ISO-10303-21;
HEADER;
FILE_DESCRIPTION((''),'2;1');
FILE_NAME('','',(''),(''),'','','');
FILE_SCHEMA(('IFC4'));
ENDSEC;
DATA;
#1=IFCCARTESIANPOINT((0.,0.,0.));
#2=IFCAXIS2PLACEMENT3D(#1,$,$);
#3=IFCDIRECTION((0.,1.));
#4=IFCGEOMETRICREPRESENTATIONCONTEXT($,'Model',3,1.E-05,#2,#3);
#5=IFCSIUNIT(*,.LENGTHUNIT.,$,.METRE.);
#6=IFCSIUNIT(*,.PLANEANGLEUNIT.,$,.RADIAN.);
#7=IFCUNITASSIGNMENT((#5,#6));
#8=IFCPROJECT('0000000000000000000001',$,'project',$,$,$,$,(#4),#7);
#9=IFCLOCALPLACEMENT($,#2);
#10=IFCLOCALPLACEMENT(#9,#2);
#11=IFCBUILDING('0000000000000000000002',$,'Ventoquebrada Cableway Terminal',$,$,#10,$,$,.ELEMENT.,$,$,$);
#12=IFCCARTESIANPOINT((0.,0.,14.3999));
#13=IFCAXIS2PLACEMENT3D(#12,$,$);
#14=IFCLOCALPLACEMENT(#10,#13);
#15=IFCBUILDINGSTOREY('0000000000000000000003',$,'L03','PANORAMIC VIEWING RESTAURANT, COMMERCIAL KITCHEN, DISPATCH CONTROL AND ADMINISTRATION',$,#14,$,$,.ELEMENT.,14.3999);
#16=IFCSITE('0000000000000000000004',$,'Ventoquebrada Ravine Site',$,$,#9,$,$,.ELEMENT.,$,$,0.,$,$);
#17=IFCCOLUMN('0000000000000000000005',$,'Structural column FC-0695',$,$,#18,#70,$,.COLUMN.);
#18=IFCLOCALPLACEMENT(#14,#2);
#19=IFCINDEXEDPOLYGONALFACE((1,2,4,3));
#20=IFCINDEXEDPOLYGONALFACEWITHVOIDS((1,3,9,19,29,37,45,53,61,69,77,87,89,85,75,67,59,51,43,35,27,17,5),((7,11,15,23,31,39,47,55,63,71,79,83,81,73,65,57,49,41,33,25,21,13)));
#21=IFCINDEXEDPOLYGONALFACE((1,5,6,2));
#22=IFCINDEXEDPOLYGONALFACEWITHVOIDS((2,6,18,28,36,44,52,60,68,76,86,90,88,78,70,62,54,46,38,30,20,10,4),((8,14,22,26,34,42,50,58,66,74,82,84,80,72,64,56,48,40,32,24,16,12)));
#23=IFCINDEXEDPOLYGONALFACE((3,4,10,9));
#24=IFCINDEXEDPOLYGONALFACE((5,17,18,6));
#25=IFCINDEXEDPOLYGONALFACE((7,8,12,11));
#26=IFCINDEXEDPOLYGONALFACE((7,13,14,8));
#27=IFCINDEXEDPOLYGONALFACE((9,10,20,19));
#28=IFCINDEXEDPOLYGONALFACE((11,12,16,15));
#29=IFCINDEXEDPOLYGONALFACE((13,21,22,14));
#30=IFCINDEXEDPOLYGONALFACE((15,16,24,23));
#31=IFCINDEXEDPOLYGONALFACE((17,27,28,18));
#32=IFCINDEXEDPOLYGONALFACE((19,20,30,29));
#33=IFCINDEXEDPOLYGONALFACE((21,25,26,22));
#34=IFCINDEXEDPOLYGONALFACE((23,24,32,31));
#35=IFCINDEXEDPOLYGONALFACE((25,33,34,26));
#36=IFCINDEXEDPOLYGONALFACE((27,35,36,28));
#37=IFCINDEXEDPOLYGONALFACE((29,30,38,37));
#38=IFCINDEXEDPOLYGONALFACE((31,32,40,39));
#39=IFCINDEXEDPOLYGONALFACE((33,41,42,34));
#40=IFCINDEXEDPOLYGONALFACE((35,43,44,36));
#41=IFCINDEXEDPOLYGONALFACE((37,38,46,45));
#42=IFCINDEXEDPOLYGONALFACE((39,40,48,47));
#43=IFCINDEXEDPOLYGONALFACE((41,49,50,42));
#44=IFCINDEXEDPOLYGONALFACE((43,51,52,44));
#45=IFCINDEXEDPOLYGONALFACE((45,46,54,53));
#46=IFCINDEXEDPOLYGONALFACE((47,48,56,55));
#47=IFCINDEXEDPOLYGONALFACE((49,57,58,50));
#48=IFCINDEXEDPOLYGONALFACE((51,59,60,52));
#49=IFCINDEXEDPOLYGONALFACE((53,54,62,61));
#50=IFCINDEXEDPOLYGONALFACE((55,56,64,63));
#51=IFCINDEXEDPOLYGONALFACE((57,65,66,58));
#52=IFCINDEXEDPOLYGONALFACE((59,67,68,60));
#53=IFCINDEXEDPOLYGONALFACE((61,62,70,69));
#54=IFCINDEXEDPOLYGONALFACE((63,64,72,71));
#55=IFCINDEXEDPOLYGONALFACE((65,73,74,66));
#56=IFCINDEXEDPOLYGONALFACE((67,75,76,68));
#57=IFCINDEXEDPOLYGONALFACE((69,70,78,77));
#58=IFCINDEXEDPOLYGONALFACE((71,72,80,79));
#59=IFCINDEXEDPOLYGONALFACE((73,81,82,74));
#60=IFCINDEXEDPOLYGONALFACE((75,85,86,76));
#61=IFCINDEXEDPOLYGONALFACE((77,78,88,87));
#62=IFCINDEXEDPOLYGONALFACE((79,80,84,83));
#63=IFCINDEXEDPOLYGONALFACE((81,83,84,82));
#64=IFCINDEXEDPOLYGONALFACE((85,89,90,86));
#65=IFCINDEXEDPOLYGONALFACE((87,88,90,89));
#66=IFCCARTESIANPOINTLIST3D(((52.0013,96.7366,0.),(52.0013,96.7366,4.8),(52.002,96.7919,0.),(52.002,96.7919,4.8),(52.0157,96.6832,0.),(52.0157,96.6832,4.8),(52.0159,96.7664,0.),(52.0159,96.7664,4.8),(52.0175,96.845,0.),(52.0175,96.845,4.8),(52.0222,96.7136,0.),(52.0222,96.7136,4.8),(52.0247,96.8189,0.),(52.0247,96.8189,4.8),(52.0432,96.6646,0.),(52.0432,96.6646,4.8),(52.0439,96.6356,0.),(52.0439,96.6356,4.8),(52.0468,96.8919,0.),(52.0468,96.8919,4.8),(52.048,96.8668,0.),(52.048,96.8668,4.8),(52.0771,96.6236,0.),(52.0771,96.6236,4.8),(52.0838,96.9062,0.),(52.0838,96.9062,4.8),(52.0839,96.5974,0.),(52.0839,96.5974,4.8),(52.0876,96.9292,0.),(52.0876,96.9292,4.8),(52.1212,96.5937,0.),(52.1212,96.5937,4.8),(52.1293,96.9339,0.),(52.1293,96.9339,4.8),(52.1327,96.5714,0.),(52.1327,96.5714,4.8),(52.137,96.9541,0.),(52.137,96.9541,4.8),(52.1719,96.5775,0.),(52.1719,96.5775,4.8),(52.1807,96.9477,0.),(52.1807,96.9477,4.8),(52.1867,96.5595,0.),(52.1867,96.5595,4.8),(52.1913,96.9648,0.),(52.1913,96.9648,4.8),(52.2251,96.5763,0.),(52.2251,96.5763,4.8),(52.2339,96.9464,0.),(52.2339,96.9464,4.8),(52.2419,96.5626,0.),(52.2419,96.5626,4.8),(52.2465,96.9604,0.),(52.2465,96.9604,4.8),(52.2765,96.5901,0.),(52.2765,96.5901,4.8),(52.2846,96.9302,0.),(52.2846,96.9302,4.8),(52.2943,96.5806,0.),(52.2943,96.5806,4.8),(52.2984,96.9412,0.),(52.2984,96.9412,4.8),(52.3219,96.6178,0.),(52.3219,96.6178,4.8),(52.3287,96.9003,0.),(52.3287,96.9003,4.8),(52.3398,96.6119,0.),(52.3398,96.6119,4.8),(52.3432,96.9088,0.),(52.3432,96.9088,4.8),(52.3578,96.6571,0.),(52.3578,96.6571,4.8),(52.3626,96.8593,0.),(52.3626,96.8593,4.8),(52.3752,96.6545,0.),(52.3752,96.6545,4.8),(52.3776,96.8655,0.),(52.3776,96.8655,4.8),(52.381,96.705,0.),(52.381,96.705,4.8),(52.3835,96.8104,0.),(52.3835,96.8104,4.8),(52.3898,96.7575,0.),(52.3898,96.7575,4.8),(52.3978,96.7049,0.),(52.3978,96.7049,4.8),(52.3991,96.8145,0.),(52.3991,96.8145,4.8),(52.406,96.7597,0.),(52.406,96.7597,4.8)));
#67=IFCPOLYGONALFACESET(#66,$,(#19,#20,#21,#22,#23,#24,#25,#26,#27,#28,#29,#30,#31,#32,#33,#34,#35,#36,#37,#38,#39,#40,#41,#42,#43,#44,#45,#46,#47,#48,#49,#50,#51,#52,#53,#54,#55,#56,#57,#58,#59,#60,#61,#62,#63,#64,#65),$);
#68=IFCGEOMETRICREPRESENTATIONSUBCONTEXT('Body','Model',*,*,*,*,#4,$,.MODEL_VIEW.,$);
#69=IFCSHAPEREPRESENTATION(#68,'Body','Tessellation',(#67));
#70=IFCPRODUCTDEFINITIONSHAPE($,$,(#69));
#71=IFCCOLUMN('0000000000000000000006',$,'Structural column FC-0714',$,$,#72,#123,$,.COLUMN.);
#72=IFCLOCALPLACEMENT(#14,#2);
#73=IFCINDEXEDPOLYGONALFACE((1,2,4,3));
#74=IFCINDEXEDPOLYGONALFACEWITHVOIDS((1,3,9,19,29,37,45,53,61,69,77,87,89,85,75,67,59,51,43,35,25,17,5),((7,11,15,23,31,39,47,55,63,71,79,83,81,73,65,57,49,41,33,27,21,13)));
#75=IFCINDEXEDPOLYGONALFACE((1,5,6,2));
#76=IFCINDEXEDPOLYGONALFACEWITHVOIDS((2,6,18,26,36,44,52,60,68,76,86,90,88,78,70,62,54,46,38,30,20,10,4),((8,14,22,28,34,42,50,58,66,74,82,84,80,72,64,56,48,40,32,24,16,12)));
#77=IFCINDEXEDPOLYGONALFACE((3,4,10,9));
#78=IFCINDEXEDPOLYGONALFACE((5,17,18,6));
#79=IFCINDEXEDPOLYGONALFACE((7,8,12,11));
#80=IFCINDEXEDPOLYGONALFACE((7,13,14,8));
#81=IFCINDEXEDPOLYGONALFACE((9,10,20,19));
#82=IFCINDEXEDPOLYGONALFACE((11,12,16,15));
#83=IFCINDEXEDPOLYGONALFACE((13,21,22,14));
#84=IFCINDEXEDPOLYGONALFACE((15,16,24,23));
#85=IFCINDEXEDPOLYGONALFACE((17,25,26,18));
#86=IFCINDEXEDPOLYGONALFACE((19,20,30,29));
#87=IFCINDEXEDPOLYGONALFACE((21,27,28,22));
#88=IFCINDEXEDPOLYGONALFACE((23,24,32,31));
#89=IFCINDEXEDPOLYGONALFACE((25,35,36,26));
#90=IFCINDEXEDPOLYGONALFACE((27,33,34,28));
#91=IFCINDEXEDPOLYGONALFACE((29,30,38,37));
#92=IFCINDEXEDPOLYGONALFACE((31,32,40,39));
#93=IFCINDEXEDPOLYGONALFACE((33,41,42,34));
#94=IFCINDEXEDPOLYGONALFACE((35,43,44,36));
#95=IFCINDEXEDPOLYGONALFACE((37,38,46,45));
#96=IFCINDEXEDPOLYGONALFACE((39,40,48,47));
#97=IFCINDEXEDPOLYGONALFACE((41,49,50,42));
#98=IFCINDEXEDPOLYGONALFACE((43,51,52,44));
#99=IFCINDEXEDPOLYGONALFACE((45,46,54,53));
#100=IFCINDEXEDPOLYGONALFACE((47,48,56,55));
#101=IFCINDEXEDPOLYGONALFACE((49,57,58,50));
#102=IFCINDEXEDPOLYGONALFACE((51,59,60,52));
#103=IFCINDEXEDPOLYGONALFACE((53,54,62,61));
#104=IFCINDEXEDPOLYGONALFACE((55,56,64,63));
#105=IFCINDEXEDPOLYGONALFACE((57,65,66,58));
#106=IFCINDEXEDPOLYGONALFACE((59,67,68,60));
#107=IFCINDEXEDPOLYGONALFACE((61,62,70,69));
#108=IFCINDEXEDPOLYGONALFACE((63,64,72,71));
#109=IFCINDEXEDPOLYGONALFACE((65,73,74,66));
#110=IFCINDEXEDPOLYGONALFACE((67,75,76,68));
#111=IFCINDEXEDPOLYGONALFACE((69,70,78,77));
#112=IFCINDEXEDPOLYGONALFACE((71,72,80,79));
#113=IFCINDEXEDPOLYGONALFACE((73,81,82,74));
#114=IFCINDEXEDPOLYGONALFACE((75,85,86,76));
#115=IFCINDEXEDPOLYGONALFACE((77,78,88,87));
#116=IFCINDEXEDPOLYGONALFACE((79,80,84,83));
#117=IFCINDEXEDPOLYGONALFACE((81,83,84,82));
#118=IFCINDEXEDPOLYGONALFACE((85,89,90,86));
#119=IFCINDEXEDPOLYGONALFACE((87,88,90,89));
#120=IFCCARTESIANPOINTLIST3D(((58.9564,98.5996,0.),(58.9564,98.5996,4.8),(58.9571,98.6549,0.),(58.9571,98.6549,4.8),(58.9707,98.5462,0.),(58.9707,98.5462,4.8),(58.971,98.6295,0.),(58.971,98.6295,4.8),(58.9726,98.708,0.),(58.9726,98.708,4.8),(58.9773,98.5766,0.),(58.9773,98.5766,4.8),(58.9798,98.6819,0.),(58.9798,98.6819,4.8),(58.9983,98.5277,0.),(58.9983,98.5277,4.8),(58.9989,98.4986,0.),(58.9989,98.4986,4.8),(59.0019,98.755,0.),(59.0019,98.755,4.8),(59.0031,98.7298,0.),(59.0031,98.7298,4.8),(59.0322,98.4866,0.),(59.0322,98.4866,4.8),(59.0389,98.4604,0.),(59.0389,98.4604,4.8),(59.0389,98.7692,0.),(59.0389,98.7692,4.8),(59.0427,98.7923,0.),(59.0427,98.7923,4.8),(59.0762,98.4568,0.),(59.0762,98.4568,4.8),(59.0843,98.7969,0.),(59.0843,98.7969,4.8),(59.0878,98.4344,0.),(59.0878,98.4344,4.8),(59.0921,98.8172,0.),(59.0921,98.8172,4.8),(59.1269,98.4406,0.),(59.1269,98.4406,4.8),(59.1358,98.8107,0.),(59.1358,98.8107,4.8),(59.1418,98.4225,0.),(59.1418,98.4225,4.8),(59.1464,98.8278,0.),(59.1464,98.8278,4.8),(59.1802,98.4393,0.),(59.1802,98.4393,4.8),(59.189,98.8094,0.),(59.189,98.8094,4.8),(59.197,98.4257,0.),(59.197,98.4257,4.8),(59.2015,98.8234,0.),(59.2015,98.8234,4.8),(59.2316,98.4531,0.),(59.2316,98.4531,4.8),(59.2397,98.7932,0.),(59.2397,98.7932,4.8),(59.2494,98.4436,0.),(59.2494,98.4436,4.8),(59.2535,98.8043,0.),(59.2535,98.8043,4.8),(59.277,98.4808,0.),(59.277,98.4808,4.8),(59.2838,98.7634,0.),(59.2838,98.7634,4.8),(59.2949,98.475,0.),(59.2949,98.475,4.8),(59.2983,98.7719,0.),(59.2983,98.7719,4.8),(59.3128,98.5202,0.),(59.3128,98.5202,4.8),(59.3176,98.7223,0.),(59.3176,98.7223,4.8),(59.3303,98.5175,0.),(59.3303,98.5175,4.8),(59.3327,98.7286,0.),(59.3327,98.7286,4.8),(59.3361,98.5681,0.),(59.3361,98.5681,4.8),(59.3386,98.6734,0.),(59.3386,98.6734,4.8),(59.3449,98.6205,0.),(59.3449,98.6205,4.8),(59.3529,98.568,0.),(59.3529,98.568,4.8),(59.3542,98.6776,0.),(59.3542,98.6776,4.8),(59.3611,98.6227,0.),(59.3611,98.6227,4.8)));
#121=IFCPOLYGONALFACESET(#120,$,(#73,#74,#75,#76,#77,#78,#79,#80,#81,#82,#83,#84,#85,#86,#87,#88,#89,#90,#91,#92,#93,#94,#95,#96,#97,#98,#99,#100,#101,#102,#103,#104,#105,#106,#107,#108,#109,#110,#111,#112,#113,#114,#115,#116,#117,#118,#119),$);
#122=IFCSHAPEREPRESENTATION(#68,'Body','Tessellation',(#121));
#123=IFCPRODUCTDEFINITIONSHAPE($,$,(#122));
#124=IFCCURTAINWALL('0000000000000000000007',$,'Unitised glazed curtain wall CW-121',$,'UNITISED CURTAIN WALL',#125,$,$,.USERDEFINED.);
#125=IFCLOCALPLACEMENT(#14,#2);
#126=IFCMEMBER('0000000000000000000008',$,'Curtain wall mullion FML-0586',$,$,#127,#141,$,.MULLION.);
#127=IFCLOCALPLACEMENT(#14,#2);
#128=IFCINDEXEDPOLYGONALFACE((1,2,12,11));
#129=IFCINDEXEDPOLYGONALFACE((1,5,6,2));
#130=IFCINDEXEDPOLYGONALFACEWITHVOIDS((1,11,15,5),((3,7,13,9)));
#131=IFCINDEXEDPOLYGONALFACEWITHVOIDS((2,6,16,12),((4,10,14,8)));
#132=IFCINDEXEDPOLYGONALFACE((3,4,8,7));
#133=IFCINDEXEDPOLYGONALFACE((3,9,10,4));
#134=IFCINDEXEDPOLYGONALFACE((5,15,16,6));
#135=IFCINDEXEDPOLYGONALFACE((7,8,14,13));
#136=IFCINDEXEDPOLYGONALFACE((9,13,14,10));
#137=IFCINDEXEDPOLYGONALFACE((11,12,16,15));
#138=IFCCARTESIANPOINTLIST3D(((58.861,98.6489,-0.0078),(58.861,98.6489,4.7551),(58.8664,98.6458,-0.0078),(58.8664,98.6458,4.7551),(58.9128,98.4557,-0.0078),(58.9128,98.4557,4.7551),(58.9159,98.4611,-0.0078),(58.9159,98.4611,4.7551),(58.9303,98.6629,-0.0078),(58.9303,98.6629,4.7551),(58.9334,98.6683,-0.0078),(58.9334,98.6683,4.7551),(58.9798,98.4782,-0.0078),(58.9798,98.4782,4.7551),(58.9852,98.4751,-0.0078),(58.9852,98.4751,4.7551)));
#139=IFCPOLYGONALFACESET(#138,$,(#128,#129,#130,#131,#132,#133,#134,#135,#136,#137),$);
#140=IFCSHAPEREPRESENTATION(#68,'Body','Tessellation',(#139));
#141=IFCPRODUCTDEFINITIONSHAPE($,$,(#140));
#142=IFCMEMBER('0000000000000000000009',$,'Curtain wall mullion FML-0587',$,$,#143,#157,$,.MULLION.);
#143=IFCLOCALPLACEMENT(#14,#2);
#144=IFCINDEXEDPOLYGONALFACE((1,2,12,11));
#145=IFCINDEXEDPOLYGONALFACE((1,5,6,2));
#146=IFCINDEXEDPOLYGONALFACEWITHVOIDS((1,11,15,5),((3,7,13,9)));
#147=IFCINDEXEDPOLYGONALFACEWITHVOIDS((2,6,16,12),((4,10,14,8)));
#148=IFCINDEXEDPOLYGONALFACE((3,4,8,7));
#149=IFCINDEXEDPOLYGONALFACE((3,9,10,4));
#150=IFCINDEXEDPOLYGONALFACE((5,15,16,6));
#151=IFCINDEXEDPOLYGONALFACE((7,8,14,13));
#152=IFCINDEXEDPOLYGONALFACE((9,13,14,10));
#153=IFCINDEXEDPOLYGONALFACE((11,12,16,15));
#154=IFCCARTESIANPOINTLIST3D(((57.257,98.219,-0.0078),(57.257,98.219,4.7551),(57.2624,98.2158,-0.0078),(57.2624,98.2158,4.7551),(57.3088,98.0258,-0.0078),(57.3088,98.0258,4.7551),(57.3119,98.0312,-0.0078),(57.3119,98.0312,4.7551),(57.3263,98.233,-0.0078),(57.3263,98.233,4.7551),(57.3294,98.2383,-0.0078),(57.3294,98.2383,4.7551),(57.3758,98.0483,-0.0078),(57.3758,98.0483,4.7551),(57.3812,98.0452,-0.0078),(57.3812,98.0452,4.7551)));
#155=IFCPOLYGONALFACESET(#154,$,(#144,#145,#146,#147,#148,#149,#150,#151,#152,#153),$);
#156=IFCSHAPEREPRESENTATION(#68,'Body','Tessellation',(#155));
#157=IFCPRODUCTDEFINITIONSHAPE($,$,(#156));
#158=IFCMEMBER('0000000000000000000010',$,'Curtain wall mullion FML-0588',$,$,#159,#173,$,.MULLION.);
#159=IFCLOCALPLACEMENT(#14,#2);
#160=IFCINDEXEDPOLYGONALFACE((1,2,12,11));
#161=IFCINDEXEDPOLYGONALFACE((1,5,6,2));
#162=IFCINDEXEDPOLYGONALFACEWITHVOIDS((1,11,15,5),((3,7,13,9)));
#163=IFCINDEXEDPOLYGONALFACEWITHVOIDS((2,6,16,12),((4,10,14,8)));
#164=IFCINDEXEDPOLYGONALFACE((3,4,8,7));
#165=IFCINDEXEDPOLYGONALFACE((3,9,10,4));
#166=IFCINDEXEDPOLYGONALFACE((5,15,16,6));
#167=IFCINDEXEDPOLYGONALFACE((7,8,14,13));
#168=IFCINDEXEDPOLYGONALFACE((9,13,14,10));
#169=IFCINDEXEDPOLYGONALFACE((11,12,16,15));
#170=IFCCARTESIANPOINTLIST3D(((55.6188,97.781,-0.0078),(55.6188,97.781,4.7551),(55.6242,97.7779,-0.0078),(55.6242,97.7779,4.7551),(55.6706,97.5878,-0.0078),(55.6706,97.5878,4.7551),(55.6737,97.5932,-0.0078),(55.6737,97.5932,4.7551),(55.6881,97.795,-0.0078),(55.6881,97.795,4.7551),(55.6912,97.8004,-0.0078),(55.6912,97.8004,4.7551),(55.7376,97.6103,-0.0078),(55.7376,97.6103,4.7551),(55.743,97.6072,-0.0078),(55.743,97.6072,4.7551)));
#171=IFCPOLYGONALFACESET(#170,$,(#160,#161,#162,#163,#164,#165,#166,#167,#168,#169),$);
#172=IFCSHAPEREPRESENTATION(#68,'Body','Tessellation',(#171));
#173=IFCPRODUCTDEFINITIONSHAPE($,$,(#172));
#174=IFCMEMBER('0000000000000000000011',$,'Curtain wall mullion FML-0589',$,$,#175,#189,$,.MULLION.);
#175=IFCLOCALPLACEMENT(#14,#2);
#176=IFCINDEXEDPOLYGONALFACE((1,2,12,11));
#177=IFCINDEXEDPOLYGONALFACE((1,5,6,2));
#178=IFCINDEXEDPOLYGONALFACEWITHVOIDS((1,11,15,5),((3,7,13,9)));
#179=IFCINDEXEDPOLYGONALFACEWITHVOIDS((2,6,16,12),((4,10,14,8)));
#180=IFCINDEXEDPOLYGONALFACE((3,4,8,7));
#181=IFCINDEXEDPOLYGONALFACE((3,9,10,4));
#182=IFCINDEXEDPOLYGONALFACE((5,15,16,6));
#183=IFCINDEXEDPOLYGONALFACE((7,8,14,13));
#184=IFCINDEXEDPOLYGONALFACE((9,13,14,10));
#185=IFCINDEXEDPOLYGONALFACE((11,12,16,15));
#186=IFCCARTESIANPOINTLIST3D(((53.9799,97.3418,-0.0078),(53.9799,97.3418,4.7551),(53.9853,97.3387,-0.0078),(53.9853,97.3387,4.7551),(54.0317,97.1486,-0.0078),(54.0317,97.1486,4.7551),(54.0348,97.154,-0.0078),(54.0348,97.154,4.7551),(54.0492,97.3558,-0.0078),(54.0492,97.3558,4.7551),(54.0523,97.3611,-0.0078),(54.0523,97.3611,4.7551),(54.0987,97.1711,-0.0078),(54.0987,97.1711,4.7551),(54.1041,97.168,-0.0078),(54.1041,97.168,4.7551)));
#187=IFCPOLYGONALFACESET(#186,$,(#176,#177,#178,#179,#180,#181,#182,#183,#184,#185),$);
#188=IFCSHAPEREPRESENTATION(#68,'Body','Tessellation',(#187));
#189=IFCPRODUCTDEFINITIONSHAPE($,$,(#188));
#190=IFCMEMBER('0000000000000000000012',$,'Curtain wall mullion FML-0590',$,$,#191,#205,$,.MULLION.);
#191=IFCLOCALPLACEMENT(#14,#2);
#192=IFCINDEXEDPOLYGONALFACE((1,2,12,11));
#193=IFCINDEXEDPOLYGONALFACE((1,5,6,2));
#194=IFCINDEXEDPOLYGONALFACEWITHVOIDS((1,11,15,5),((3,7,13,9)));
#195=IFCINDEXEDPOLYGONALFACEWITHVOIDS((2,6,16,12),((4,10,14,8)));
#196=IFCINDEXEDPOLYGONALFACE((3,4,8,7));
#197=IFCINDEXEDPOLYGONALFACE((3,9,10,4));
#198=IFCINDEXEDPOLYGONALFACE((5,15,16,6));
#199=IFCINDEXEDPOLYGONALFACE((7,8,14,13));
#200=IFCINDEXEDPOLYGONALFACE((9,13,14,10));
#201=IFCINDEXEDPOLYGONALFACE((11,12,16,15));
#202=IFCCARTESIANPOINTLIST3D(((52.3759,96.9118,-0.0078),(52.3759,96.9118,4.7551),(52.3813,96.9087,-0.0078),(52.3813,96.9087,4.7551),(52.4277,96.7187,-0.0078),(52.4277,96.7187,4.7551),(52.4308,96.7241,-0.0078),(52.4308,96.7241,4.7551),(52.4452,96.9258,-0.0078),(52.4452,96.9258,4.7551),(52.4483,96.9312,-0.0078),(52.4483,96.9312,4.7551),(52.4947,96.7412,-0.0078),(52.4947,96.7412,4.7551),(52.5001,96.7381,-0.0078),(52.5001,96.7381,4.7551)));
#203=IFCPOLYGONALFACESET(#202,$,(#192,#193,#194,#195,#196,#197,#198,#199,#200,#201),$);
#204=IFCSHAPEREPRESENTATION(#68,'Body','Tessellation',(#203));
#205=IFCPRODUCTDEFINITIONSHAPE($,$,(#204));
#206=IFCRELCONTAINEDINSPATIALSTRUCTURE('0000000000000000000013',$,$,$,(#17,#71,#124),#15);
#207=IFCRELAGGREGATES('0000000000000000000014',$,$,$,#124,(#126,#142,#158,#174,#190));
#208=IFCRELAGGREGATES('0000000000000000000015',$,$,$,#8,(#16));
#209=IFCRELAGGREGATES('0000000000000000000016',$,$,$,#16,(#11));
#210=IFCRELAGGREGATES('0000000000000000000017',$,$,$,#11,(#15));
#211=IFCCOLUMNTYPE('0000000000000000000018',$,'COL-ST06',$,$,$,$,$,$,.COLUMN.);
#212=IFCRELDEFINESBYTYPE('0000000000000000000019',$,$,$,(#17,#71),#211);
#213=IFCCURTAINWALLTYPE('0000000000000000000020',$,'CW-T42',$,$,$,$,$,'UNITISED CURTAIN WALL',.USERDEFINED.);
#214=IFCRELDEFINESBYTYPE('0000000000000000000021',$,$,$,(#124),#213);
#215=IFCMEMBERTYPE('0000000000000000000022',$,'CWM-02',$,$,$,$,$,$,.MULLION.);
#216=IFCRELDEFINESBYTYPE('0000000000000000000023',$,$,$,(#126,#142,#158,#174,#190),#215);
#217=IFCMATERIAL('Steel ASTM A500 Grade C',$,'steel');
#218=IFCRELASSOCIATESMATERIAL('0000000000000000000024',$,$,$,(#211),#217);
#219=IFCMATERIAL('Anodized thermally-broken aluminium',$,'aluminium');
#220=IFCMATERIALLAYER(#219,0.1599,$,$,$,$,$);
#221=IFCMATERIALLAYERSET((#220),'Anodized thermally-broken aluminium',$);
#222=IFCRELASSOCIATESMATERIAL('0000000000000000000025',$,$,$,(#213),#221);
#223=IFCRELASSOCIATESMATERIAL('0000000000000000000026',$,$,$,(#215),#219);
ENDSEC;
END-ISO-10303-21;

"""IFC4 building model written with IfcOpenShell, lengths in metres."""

from ifc_helpers import new_model, si_unit, direction, frame, origin, origin_2d, place, context, subcontext, project, spatial, hollow_rectangle, hollow_circle, extrude, material, layer, layer_set, material_profile, profile_set, type_object, element, aggregate, save


model = new_model("IFC4")

# Units and contexts
model_context = context("Model", 3, precision=1e-05, world=origin(), true_north=direction((0.0, 1.0)))
body_context = subcontext(model_context, "Body", "Model", "MODEL_VIEW")
ifc_project = project(units=[si_unit("LENGTHUNIT", "METRE"), si_unit("PLANEANGLEUNIT", "RADIAN")], contexts=[model_context])

# Site, building, storey
site_placement = place(None, origin())
site = spatial("IfcSite", under=ifc_project, at=site_placement, Name="Ventoquebrada Ravine Site", CompositionType="ELEMENT", RefElevation=0.0)
building_placement = place(site_placement, origin())
building = spatial("IfcBuilding", under=site, at=building_placement, Name="Ventoquebrada Cableway Terminal", CompositionType="ELEMENT")
storey_placement = place(building_placement, frame((0.0, 0.0, 14.3999)))
storey = spatial("IfcBuildingStorey", under=building, at=storey_placement, Name="L03", Description="PANORAMIC VIEWING RESTAURANT, COMMERCIAL KITCHEN, DISPATCH CONTROL AND ADMINISTRATION", CompositionType="ELEMENT", Elevation=14.3999)

# Columns
ifc_material_1 = material(Name="Steel ASTM A500 Grade C", Category="steel")
ifc_material_profile_1 = material_profile(ifc_material_1, hollow_circle(Radius=0.2031, WallThickness=0.0161, at=origin_2d()), Name="CHS406.4X16")
ifc_profile_set_1 = profile_set([ifc_material_profile_1], Name="Steel ASTM A500 Grade C")
column_type = type_object("IfcColumnType", Name="COL-ST06", PredefinedType="COLUMN", material=ifc_profile_set_1)
for number, where, z_axis, x_axis, name in (
    (1, (52.2029, 96.762, 0.0), (0.0, 0.0, 1.0), (0.965926, 0.258819, 0.0), "Structural column FC-0695"),
    (2, (59.158, 98.625, 0.0), (0.0, 0.0, 1.0), (0.965926, 0.258819, 0.0), "Structural column FC-0714"),
):
    element("IfcColumn", number, at=place(storey_placement, frame(where, z_axis=z_axis, x_axis=x_axis)), inside=storey, type_object=column_type, Name=name, PredefinedType="COLUMN", context=body_context, shape_type="SweptSolid", body=[
        extrude(hollow_circle(Radius=0.2031, WallThickness=0.0161, at=origin_2d()), origin(), (0.0, 0.0, 1.0), 4.8),
    ])

# Curtain wall, members
ifc_material_2 = material(Name="Anodized thermally-broken aluminium", Category="aluminium")
ifc_layer_1 = layer(ifc_material_2, 0.1599)
ifc_layer_set_1 = layer_set([ifc_layer_1], Name="Anodized thermally-broken aluminium")
curtain_wall_type = type_object("IfcCurtainWallType", Name="CW-T42", ElementType="UNITISED CURTAIN WALL", PredefinedType="USERDEFINED", material=ifc_layer_set_1)
curtain_wall_1_placement = place(storey_placement, origin())
curtain_wall_1 = element("IfcCurtainWall", 3, at=curtain_wall_1_placement, inside=storey, type_object=curtain_wall_type, Name="Unitised glazed curtain wall CW-121", ObjectType="UNITISED CURTAIN WALL", PredefinedType="USERDEFINED")
ifc_material_profile_2 = material_profile(ifc_material_2, hollow_rectangle(XDim=0.075, YDim=0.2, WallThickness=0.0044, at=origin_2d()), Name="CW-MUL-75X200")
ifc_profile_set_2 = profile_set([ifc_material_profile_2], Name="Anodized thermally-broken aluminium")
member_type_1 = type_object("IfcMemberType", Name="CWM-02", PredefinedType="MULLION", material=ifc_profile_set_2)
member_1_placement = place(storey_placement, frame((58.9231, 98.562, -0.0078), z_axis=(0.0, 0.0, 1.0), x_axis=(-0.965957, -0.258701, 0.0)))
member_1 = element("IfcMember", 4, at=member_1_placement, type_object=member_type_1, Name="Curtain wall mullion FML-0586", PredefinedType="MULLION", context=body_context, shape_type="SweptSolid", body=[
    extrude(hollow_rectangle(XDim=0.075, YDim=0.2, WallThickness=0.0044, at=origin_2d()), origin(), (0.0, 0.0, 1.0), 4.7629),
])
member_2_placement = place(storey_placement, frame((57.3191, 98.1321, -0.0078), z_axis=(0.0, 0.0, 1.0), x_axis=(-0.965957, -0.258701, 0.0)))
member_2 = element("IfcMember", 5, at=member_2_placement, type_object=member_type_1, Name="Curtain wall mullion FML-0587", PredefinedType="MULLION", context=body_context, shape_type="SweptSolid", body=[
    extrude(hollow_rectangle(XDim=0.075, YDim=0.2, WallThickness=0.0044, at=origin_2d()), origin(), (0.0, 0.0, 1.0), 4.7629),
])
member_3_placement = place(storey_placement, frame((55.6809, 97.6941, -0.0078), z_axis=(0.0, 0.0, 1.0), x_axis=(-0.965957, -0.258701, 0.0)))
member_3 = element("IfcMember", 6, at=member_3_placement, type_object=member_type_1, Name="Curtain wall mullion FML-0588", PredefinedType="MULLION", context=body_context, shape_type="SweptSolid", body=[
    extrude(hollow_rectangle(XDim=0.075, YDim=0.2, WallThickness=0.0044, at=origin_2d()), origin(), (0.0, 0.0, 1.0), 4.7629),
])
member_4_placement = place(storey_placement, frame((54.042, 97.2549, -0.0078), z_axis=(0.0, 0.0, 1.0), x_axis=(-0.965957, -0.258701, 0.0)))
member_4 = element("IfcMember", 7, at=member_4_placement, type_object=member_type_1, Name="Curtain wall mullion FML-0589", PredefinedType="MULLION", context=body_context, shape_type="SweptSolid", body=[
    extrude(hollow_rectangle(XDim=0.075, YDim=0.2, WallThickness=0.0044, at=origin_2d()), origin(), (0.0, 0.0, 1.0), 4.7629),
])
member_5_placement = place(storey_placement, frame((52.438, 96.825, -0.0078), z_axis=(0.0, 0.0, 1.0), x_axis=(-0.965957, -0.258701, 0.0)))
member_5 = element("IfcMember", 8, at=member_5_placement, type_object=member_type_1, Name="Curtain wall mullion FML-0590", PredefinedType="MULLION", context=body_context, shape_type="SweptSolid", body=[
    extrude(hollow_rectangle(XDim=0.075, YDim=0.2, WallThickness=0.0044, at=origin_2d()), origin(), (0.0, 0.0, 1.0), 4.7629),
])

aggregate(curtain_wall_1, [member_1, member_2, member_3, member_4, member_5])

save(model, "model.ifc")
